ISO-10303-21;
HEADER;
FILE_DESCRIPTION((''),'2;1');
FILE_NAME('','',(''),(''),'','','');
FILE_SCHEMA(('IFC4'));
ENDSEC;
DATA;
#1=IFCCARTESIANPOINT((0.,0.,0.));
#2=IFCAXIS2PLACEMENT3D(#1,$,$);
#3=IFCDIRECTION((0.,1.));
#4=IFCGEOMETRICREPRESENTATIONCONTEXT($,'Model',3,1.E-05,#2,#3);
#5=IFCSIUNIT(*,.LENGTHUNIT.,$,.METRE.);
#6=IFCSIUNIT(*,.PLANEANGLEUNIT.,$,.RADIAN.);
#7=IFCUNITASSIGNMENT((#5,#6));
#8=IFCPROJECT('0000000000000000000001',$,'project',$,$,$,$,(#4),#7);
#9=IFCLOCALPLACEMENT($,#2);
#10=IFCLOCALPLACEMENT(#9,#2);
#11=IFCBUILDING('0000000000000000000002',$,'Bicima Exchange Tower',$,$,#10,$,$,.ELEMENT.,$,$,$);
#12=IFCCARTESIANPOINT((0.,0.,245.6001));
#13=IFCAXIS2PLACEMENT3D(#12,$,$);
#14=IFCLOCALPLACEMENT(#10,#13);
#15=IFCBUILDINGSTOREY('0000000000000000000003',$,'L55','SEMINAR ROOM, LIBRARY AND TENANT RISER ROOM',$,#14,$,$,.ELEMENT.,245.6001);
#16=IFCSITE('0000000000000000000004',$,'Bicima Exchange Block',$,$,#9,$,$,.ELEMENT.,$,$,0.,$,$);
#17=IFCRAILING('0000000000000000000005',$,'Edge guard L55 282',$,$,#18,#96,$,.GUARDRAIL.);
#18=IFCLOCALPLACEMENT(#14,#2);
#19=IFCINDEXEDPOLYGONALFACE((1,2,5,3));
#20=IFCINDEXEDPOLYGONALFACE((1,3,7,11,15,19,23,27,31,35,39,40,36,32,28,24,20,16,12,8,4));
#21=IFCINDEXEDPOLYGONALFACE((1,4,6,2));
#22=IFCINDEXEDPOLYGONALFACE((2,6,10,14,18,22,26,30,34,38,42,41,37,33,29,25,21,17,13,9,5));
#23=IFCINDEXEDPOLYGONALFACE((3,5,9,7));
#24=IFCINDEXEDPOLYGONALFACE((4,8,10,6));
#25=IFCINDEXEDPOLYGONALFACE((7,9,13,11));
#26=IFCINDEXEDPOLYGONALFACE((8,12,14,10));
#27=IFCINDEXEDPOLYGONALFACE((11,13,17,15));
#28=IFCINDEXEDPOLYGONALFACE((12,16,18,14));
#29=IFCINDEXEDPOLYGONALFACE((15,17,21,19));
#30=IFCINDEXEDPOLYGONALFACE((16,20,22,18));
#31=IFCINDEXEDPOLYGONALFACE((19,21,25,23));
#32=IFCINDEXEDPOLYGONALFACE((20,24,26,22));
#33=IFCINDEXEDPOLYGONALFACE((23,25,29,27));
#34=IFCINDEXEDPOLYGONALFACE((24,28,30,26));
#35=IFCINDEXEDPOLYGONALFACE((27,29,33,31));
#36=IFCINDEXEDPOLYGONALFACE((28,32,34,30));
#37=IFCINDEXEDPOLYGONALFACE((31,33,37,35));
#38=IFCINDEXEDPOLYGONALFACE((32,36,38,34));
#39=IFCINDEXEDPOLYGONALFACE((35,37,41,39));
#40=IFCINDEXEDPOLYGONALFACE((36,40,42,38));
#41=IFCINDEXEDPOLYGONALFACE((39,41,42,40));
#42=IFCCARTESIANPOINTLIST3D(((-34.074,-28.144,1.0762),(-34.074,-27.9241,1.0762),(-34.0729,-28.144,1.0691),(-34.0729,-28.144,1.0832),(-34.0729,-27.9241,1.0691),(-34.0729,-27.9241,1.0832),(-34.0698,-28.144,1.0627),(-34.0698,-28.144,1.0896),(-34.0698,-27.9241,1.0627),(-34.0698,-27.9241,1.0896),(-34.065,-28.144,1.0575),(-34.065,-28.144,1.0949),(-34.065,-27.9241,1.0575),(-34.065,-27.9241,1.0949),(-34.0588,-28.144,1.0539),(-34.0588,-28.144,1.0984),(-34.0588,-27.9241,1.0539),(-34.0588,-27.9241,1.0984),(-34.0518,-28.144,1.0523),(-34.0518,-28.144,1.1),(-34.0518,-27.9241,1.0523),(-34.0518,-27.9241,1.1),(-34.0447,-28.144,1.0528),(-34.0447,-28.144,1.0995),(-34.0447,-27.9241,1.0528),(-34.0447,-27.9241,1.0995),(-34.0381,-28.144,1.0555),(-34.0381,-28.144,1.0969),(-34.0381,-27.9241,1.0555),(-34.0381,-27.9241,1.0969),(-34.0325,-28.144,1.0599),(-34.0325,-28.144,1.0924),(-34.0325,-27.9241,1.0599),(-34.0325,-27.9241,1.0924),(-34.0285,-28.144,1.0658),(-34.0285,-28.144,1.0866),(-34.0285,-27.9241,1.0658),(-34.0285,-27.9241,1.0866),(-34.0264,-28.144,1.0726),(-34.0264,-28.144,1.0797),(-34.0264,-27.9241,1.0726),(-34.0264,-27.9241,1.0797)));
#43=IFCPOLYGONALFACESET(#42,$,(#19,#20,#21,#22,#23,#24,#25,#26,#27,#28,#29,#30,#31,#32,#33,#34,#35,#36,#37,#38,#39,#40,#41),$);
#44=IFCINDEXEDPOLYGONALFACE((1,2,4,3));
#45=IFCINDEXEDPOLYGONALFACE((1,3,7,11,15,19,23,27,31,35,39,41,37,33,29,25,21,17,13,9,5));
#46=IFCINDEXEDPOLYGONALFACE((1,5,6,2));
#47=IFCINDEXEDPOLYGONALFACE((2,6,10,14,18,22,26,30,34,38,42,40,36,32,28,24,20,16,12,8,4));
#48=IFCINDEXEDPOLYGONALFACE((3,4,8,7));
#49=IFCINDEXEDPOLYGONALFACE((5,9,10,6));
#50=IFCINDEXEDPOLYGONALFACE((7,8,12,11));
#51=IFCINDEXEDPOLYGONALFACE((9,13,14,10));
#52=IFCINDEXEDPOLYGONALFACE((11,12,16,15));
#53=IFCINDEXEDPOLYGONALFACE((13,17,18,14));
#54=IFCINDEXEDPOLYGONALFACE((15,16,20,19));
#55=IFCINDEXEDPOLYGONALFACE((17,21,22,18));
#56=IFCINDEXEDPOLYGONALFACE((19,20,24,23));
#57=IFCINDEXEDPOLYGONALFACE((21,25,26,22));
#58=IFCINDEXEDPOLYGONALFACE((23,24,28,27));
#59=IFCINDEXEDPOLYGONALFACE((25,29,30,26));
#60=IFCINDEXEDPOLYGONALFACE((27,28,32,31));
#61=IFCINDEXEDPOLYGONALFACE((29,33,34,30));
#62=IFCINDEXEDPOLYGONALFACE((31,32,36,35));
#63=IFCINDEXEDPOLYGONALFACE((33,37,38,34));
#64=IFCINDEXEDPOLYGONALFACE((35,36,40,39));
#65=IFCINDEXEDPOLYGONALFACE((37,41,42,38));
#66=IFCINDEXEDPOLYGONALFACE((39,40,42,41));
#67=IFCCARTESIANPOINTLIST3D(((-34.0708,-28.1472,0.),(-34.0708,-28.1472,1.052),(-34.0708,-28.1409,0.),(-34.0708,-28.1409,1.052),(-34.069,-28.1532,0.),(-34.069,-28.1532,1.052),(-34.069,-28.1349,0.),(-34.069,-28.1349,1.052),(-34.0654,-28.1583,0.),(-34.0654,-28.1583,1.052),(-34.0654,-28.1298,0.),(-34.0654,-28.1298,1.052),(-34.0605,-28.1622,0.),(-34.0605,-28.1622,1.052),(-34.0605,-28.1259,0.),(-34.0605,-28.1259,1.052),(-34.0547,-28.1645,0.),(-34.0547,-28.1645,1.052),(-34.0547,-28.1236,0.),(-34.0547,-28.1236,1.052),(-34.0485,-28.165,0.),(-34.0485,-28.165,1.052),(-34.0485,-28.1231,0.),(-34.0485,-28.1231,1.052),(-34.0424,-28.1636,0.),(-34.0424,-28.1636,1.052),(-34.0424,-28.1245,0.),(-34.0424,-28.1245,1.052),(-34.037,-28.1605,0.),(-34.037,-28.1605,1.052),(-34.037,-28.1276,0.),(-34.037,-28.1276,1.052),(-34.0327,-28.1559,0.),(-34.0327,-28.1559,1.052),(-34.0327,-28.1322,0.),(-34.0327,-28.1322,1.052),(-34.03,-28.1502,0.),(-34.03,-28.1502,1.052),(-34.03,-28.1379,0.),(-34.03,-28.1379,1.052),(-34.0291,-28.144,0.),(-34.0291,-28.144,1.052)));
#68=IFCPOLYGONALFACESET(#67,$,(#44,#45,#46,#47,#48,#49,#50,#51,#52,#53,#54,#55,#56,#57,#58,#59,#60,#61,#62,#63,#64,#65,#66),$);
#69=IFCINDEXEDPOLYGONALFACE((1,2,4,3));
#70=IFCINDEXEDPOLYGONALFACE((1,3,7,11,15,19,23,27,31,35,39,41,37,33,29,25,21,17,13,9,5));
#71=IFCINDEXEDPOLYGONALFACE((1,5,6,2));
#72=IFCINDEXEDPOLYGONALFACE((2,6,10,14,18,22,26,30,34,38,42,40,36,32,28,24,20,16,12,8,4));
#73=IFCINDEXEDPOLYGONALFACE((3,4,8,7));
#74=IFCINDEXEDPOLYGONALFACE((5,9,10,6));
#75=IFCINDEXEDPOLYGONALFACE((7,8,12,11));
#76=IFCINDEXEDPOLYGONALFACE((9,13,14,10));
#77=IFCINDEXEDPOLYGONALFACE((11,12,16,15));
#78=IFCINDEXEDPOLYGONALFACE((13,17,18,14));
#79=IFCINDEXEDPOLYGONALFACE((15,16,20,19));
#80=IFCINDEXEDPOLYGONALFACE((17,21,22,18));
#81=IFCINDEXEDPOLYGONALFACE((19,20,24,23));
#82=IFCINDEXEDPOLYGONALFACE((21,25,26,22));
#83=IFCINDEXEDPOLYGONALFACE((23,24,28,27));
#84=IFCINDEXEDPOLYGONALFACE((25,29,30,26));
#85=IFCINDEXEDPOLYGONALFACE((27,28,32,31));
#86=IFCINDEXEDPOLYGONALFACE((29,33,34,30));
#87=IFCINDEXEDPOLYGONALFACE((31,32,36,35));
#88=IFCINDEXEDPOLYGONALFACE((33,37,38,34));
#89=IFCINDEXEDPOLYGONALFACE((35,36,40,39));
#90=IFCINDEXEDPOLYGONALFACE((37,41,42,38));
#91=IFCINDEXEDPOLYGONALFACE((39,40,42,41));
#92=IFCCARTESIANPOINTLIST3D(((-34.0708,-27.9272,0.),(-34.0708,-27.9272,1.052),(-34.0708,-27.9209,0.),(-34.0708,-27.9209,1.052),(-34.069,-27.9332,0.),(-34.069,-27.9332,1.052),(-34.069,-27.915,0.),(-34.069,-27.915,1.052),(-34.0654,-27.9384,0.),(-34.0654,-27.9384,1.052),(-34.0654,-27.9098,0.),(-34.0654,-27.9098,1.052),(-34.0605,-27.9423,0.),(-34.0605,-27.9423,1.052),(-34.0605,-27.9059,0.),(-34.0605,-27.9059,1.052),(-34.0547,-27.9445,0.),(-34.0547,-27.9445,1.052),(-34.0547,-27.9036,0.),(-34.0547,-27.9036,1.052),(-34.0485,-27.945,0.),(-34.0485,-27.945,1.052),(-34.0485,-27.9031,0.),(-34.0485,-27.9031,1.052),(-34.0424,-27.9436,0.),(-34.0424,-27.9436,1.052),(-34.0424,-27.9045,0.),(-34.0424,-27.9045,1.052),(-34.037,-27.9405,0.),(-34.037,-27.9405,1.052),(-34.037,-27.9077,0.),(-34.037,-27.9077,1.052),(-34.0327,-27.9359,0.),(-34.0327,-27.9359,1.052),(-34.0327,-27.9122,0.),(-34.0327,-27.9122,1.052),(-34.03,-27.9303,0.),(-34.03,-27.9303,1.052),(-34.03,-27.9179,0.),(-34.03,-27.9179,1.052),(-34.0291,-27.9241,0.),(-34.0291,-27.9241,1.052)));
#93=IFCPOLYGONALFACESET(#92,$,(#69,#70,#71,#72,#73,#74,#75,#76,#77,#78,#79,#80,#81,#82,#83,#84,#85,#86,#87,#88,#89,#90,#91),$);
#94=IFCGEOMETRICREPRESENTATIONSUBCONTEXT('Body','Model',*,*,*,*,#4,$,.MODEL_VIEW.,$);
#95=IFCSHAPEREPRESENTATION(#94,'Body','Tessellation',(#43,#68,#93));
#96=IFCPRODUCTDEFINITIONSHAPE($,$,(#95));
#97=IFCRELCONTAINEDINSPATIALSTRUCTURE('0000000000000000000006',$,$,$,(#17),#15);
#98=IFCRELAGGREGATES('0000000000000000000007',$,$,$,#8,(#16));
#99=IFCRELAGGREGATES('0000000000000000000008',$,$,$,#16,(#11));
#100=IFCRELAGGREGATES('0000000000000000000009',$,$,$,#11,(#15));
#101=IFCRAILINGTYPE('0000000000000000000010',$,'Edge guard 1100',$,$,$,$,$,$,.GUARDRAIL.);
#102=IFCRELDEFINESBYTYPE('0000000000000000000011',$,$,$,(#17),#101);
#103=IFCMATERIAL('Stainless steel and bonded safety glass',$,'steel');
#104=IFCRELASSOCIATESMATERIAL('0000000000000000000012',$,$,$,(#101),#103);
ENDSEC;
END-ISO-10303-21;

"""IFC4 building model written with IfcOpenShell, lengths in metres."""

from ifc_helpers import new_model, si_unit, direction, frame, origin, origin_2d, place, context, subcontext, project, spatial, circle, extrude, material, type_object, element, save


model = new_model("IFC4")

# Units and contexts
model_context = context("Model", 3, precision=1e-05, world=origin(), true_north=direction((0.0, 1.0)))
body_context = subcontext(model_context, "Body", "Model", "MODEL_VIEW")
ifc_project = project(units=[si_unit("LENGTHUNIT", "METRE"), si_unit("PLANEANGLEUNIT", "RADIAN")], contexts=[model_context])

# Site, building, storey
site_placement = place(None, origin())
site = spatial("IfcSite", under=ifc_project, at=site_placement, Name="Bicima Exchange Block", CompositionType="ELEMENT", RefElevation=0.0)
building_placement = place(site_placement, origin())
building = spatial("IfcBuilding", under=site, at=building_placement, Name="Bicima Exchange Tower", CompositionType="ELEMENT")
storey_placement = place(building_placement, frame((0.0, 0.0, 245.6001)))
storey = spatial("IfcBuildingStorey", under=building, at=storey_placement, Name="L55", Description="SEMINAR ROOM, LIBRARY AND TENANT RISER ROOM", CompositionType="ELEMENT", Elevation=245.6001)

# Railing
ifc_material_1 = material(Name="Stainless steel and bonded safety glass", Category="steel")
railing_type = type_object("IfcRailingType", Name="Edge guard 1100", PredefinedType="GUARDRAIL", material=ifc_material_1)
railing_1_placement = place(storey_placement, frame((-34.05, -28.144, 0.0)))
element("IfcRailing", 1, at=railing_1_placement, inside=storey, type_object=railing_type, Name="Edge guard L55 282", PredefinedType="GUARDRAIL", context=body_context, shape_type="SweptSolid", body=[
    extrude(circle(Radius=0.0239, at=origin_2d()), frame((0.0, 0.0, 1.0762), z_axis=(0.0, 1.0, 0.0), x_axis=(-1.0, 0.0, 0.0)), (0.0, 0.0, 1.0), 0.22),
    extrude(circle(Radius=0.021, at=origin_2d()), origin(), (0.0, 0.0, 1.0), 1.052),
    extrude(circle(Radius=0.021, at=origin_2d()), frame((0.0, 0.22, 0.0)), (0.0, 0.0, 1.0), 1.052),
])

save(model, "model.ifc")
